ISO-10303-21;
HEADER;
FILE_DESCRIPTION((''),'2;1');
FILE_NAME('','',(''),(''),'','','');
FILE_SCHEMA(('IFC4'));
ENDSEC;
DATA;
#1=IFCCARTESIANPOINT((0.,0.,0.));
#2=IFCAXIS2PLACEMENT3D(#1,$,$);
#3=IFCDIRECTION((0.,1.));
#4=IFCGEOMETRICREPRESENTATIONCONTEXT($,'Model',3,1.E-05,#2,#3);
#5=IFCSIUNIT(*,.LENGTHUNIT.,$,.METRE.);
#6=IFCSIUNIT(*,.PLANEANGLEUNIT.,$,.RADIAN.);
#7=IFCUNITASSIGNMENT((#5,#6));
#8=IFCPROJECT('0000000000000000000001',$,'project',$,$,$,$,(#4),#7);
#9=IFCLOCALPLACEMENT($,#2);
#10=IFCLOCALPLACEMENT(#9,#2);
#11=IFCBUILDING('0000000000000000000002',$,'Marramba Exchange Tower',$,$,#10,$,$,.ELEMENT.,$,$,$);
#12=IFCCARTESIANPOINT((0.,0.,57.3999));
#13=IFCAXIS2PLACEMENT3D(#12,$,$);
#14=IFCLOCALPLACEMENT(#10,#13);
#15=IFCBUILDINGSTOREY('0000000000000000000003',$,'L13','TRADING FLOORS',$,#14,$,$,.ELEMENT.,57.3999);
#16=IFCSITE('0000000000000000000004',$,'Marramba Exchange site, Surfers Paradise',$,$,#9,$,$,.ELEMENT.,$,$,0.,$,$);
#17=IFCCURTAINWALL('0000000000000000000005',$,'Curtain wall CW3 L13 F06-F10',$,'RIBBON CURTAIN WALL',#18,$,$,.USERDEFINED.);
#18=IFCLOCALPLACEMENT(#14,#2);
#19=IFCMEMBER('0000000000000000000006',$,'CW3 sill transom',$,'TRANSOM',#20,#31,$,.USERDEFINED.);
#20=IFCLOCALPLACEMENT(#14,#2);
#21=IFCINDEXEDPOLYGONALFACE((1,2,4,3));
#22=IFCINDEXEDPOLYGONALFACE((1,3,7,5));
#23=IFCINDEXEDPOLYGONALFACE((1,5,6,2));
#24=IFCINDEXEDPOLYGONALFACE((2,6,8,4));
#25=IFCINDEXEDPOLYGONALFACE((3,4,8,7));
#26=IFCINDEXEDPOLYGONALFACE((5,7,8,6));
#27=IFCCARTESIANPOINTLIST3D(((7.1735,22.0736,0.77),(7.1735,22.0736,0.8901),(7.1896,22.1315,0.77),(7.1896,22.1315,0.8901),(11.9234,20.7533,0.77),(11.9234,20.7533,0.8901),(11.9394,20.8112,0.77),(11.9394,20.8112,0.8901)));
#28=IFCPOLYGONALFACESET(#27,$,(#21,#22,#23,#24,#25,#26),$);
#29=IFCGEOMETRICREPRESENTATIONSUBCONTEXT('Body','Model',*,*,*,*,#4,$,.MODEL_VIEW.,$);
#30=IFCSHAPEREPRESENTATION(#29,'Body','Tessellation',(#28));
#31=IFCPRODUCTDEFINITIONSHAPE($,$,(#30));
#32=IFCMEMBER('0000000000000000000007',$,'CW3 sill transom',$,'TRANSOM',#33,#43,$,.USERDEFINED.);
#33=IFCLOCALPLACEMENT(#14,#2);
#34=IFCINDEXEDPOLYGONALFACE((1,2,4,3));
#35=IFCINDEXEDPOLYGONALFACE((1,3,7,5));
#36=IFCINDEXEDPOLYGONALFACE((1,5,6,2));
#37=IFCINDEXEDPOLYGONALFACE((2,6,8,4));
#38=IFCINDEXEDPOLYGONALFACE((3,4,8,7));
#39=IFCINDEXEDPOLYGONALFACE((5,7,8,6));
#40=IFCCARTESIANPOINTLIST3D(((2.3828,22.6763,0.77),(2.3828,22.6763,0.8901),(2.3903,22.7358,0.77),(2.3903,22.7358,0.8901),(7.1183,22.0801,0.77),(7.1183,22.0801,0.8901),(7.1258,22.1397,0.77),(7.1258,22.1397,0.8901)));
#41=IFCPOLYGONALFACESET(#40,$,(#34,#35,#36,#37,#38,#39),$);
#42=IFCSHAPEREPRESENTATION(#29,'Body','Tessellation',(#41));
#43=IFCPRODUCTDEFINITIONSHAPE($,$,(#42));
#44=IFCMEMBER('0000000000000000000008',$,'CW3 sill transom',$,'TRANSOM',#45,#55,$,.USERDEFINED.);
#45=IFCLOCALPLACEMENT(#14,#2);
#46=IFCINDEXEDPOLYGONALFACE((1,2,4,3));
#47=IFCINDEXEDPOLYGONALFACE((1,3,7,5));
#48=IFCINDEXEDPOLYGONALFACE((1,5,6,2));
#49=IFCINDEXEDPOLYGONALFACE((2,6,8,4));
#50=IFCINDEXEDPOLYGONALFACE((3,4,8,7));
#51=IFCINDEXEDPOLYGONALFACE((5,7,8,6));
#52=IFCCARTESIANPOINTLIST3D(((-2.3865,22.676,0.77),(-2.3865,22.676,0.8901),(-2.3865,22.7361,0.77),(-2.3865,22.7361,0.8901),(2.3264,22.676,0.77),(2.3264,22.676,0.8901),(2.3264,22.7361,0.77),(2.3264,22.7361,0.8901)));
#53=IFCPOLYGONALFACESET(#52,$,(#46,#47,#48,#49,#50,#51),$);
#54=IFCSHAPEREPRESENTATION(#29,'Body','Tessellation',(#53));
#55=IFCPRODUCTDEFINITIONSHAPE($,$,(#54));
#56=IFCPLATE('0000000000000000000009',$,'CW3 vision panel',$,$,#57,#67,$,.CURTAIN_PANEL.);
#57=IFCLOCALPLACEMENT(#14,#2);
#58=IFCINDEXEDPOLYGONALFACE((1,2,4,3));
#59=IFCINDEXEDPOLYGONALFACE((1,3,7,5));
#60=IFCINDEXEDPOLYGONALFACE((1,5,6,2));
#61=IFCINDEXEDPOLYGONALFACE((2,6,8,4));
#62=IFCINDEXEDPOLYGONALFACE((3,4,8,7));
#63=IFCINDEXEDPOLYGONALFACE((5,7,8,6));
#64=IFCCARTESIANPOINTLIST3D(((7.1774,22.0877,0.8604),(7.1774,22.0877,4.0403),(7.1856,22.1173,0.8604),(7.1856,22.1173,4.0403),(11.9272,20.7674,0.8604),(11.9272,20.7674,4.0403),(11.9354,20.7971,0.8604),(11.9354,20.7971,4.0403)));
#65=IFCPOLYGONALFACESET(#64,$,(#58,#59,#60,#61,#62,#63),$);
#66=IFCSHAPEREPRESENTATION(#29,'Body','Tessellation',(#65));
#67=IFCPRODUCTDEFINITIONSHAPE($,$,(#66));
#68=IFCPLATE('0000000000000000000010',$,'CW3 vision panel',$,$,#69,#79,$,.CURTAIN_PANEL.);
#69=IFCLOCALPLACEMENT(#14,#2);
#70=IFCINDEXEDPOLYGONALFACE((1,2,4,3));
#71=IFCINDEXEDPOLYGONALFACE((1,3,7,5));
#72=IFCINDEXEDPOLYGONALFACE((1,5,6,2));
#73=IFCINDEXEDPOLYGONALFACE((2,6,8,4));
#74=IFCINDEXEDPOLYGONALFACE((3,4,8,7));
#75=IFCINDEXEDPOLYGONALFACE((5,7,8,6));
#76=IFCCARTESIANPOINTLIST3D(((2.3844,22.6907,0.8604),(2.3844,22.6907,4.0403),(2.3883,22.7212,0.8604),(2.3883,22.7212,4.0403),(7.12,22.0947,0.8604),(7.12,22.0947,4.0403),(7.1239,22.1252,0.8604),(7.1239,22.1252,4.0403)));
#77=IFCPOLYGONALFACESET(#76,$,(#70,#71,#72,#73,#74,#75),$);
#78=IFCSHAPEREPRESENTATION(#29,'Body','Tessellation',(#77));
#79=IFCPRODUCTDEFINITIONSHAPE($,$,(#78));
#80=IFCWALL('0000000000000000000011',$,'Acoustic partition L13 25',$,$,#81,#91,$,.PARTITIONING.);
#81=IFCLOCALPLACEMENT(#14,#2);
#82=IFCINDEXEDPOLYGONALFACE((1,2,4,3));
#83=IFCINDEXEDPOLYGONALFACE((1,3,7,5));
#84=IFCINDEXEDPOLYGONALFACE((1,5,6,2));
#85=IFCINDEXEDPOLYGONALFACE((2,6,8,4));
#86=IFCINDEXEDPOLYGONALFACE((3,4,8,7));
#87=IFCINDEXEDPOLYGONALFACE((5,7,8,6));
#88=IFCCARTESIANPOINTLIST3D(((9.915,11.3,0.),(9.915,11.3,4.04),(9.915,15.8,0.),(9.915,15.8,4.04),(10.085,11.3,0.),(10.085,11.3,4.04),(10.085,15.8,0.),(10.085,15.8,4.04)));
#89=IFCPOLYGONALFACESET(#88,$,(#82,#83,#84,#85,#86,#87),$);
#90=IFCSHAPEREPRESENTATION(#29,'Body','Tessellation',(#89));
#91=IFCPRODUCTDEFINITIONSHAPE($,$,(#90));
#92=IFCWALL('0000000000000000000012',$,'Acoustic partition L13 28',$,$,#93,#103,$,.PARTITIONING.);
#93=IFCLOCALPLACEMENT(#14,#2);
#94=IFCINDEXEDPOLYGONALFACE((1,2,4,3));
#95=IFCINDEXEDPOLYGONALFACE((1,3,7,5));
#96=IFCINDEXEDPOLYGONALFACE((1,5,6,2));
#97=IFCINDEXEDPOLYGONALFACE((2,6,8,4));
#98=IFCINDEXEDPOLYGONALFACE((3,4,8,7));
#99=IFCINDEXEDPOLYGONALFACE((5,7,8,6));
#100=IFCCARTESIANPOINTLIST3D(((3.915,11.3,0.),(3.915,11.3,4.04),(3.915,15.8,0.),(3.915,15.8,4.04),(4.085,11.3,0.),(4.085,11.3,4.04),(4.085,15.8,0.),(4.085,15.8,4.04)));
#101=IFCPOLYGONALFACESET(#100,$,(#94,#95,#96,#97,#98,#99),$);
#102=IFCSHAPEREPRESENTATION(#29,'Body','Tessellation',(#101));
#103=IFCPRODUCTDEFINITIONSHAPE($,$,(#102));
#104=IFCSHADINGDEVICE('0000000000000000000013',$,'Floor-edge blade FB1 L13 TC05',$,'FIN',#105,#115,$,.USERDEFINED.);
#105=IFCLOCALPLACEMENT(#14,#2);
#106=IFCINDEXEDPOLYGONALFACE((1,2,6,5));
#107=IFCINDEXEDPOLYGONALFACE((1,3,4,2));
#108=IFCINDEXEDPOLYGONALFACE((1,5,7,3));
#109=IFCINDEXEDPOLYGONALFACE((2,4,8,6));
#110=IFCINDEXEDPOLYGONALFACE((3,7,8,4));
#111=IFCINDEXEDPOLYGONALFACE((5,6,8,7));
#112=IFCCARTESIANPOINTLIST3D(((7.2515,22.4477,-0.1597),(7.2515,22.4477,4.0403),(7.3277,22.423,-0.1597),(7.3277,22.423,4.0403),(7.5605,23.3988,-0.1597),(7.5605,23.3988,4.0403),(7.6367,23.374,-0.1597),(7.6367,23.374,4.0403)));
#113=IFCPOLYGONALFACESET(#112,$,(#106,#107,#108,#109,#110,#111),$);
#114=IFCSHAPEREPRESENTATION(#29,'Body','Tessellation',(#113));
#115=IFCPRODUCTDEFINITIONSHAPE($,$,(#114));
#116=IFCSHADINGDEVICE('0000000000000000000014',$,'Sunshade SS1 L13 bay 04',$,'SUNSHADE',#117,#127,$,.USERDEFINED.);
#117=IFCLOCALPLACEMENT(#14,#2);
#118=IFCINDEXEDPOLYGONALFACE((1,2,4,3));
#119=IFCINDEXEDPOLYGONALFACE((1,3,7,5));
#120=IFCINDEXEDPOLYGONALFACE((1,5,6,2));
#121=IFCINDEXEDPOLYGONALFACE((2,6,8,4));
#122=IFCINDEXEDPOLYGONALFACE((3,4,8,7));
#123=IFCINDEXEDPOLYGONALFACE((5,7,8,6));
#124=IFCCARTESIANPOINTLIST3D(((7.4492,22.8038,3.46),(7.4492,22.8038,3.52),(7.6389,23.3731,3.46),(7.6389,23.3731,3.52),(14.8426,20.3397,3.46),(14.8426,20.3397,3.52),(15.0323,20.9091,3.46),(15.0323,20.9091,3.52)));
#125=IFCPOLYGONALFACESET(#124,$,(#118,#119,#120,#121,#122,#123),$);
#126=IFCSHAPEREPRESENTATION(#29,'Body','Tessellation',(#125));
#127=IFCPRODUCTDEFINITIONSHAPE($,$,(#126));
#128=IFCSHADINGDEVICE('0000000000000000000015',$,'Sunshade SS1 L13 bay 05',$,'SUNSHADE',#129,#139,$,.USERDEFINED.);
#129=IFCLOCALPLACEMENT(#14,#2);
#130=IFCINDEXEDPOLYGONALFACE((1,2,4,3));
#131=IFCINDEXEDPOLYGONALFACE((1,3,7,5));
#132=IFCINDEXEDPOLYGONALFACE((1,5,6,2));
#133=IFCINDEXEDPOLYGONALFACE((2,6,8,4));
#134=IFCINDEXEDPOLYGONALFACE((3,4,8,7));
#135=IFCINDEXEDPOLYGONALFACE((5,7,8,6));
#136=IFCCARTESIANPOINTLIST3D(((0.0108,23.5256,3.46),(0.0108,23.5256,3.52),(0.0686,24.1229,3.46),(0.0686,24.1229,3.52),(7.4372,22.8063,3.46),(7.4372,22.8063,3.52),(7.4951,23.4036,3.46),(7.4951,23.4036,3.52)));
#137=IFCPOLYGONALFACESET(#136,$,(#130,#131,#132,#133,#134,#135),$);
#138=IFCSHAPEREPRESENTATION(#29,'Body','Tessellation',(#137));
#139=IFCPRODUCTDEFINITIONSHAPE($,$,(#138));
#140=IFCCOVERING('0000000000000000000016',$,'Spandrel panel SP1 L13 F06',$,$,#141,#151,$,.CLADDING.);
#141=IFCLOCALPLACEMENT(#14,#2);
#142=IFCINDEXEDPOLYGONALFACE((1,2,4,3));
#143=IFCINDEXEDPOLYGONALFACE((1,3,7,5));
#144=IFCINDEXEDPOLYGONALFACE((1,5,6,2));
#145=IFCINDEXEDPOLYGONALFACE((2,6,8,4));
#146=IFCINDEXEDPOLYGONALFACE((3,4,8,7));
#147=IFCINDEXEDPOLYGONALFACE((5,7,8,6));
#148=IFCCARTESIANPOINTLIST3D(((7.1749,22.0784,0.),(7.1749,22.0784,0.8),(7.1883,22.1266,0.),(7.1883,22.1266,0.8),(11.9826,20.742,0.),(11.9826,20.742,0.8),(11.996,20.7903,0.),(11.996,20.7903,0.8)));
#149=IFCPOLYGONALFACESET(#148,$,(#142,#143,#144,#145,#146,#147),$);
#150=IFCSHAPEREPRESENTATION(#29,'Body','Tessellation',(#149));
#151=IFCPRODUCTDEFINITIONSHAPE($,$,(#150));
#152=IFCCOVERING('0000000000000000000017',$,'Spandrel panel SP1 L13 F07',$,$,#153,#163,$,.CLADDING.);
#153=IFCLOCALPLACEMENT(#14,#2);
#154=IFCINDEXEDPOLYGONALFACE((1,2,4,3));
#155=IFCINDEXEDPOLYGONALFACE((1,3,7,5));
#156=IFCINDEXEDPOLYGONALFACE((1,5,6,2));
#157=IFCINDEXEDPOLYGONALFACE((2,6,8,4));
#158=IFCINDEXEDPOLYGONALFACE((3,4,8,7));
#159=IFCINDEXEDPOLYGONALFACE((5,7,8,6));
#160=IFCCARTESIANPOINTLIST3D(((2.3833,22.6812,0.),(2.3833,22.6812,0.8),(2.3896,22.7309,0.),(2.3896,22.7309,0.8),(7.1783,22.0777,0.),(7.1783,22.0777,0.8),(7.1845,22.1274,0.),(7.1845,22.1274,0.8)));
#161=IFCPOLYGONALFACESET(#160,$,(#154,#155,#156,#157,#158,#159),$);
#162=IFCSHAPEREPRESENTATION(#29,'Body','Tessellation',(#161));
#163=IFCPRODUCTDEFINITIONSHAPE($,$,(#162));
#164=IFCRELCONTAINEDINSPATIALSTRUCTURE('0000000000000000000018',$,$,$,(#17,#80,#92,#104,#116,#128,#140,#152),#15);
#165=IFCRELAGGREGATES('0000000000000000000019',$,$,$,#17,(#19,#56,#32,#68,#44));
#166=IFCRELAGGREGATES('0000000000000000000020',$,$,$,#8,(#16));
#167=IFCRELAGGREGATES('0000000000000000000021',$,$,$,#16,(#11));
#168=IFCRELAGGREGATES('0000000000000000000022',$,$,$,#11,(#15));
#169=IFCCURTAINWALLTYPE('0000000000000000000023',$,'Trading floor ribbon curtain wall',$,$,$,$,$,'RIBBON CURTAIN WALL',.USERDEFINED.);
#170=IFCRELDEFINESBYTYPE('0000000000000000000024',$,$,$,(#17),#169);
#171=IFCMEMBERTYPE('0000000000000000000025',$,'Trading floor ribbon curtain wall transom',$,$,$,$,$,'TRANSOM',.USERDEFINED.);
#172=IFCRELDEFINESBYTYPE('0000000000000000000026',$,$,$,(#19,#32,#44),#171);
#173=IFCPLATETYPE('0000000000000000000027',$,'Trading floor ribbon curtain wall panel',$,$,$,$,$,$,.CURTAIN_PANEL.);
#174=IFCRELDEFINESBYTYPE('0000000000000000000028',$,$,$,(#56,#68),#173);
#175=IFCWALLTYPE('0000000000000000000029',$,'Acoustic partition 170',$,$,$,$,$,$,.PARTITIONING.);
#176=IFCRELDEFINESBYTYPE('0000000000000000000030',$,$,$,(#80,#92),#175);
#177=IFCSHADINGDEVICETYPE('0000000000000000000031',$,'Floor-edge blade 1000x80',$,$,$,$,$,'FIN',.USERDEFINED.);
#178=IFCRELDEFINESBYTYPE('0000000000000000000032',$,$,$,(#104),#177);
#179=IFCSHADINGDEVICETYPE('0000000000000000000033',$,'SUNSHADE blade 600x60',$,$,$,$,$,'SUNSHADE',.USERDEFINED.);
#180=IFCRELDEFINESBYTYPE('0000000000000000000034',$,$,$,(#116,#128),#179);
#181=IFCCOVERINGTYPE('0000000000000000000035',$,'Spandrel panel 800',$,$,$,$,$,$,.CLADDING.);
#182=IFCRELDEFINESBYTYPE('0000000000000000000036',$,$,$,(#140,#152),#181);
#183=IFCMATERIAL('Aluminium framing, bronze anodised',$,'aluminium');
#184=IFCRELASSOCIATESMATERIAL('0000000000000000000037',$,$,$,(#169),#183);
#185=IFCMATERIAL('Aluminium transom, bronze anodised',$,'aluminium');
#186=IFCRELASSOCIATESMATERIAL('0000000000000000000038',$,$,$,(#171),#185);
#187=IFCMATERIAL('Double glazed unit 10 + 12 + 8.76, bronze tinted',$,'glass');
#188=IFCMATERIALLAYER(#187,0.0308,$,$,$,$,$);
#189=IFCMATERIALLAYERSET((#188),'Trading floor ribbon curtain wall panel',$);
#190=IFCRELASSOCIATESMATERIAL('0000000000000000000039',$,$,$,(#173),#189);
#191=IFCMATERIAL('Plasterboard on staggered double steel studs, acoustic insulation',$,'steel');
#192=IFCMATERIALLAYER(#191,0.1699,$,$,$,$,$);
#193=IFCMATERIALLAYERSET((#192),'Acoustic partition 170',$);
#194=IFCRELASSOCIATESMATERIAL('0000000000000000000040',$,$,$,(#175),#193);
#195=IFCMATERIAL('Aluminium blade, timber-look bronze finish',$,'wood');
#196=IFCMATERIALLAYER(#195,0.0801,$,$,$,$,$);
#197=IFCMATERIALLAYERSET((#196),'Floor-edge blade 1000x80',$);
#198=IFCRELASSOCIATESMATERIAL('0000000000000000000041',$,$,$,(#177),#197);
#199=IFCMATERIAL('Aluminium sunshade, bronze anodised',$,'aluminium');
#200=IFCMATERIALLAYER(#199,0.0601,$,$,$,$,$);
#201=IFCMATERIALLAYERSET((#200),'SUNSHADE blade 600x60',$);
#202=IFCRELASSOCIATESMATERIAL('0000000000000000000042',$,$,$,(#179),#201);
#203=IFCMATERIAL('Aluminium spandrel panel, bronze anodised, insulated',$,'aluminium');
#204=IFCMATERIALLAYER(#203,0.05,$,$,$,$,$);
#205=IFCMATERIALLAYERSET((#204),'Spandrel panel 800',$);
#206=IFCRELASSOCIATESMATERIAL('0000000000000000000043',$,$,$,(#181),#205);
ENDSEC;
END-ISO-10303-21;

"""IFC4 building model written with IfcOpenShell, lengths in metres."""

from ifc_helpers import new_model, si_unit, direction, frame, frame_2d, origin, origin_2d, place, context, subcontext, project, spatial, rectangle, extrude, material, layer, layer_set, material_profile, profile_set, type_object, element, aggregate, save


model = new_model("IFC4")

# Units and contexts
model_context = context("Model", 3, precision=1e-05, world=origin(), true_north=direction((0.0, 1.0)))
body_context = subcontext(model_context, "Body", "Model", "MODEL_VIEW")
ifc_project = project(units=[si_unit("LENGTHUNIT", "METRE"), si_unit("PLANEANGLEUNIT", "RADIAN")], contexts=[model_context])

# Site, building, storey
site_placement = place(None, origin())
site = spatial("IfcSite", under=ifc_project, at=site_placement, Name="Marramba Exchange site, Surfers Paradise", CompositionType="ELEMENT", RefElevation=0.0)
building_placement = place(site_placement, origin())
building = spatial("IfcBuilding", under=site, at=building_placement, Name="Marramba Exchange Tower", CompositionType="ELEMENT")
storey_placement = place(building_placement, frame((0.0, 0.0, 57.3999)))
storey = spatial("IfcBuildingStorey", under=building, at=storey_placement, Name="L13", Description="TRADING FLOORS", CompositionType="ELEMENT", Elevation=57.3999)

# Curtain wall, members, plates
ifc_material_1 = material(Name="Aluminium framing, bronze anodised", Category="aluminium")
curtain_wall_type = type_object("IfcCurtainWallType", Name="Trading floor ribbon curtain wall", ElementType="RIBBON CURTAIN WALL", PredefinedType="USERDEFINED", material=ifc_material_1)
curtain_wall_placement = place(storey_placement, origin())
curtain_wall = element("IfcCurtainWall", 1, at=curtain_wall_placement, inside=storey, type_object=curtain_wall_type, Name="Curtain wall CW3 L13 F06-F10", ObjectType="RIBBON CURTAIN WALL", PredefinedType="USERDEFINED")
ifc_material_2 = material(Name="Aluminium transom, bronze anodised", Category="aluminium")
ifc_material_profile_1 = material_profile(ifc_material_2, rectangle(XDim=0.0601, YDim=0.1201, at=origin_2d()), Name="CW3 transom 60x120")
ifc_profile_set_1 = profile_set([ifc_material_profile_1], Name="Aluminium transom, bronze anodised")
member_type_1 = type_object("IfcMemberType", Name="Trading floor ribbon curtain wall transom", ElementType="TRANSOM", PredefinedType="USERDEFINED", material=ifc_profile_set_1)
member_1_placement = place(storey_placement, frame((11.9314, 20.7822, 0.8301), z_axis=(-0.963469, 0.26782, 0.0), x_axis=(-0.26782, -0.963469, 0.0)))
member_1 = element("IfcMember", 2, at=member_1_placement, type_object=member_type_1, Name="CW3 sill transom", ObjectType="TRANSOM", PredefinedType="USERDEFINED", context=body_context, shape_type="SweptSolid", body=[
    extrude(rectangle(XDim=0.0601, YDim=0.1201, at=origin_2d()), origin(), (0.0, 0.0, 1.0), 4.9299),
])
member_2_placement = place(storey_placement, frame((7.1221, 22.1099, 0.8301), z_axis=(-0.992168, 0.12491, 0.0), x_axis=(-0.12491, -0.992168, 0.0)))
member_2 = element("IfcMember", 3, at=member_2_placement, type_object=member_type_1, Name="CW3 sill transom", ObjectType="TRANSOM", PredefinedType="USERDEFINED", context=body_context, shape_type="SweptSolid", body=[
    extrude(rectangle(XDim=0.0601, YDim=0.1201, at=origin_2d()), origin(), (0.0, 0.0, 1.0), 4.7729),
])
member_3_placement = place(storey_placement, frame((2.3264, 22.7061, 0.8301), z_axis=(-1.0, 0.0, 0.0), x_axis=(0.0, -1.0, 0.0)))
member_3 = element("IfcMember", 4, at=member_3_placement, type_object=member_type_1, Name="CW3 sill transom", ObjectType="TRANSOM", PredefinedType="USERDEFINED", context=body_context, shape_type="SweptSolid", body=[
    extrude(rectangle(XDim=0.0601, YDim=0.1201, at=origin_2d()), origin(), (0.0, 0.0, 1.0), 4.7129),
])
ifc_material_3 = material(Name="Double glazed unit 10 + 12 + 8.76, bronze tinted", Category="glass")
ifc_layer_1 = layer(ifc_material_3, 0.0308)
ifc_layer_set_1 = layer_set([ifc_layer_1], Name="Trading floor ribbon curtain wall panel")
plate_type = type_object("IfcPlateType", Name="Trading floor ribbon curtain wall panel", PredefinedType="CURTAIN_PANEL", material=ifc_layer_set_1)
plate_1_placement = place(storey_placement, frame((9.5564, 21.4424, 0.8604), z_axis=(0.0, 0.0, 1.0), x_axis=(-0.963472, 0.267809, 0.0)))
plate_1 = element("IfcPlate", 5, at=plate_1_placement, type_object=plate_type, Name="CW3 vision panel", PredefinedType="CURTAIN_PANEL", context=body_context, shape_type="SweptSolid", body=[
    extrude(rectangle(XDim=4.9299, YDim=0.0308, at=origin_2d()), origin(), (0.0, 0.0, 1.0), 3.1799),
])
plate_2_placement = place(storey_placement, frame((4.7542, 22.408, 0.8604), z_axis=(0.0, 0.0, 1.0), x_axis=(-0.992173, 0.124873, 0.0)))
plate_2 = element("IfcPlate", 6, at=plate_2_placement, type_object=plate_type, Name="CW3 vision panel", PredefinedType="CURTAIN_PANEL", context=body_context, shape_type="SweptSolid", body=[
    extrude(rectangle(XDim=4.7729, YDim=0.0308, at=origin_2d()), origin(), (0.0, 0.0, 1.0), 3.1799),
])
aggregate(curtain_wall, [member_1, plate_1, member_2, plate_2, member_3])

# Walls
ifc_material_4 = material(Name="Plasterboard on staggered double steel studs, acoustic insulation", Category="steel")
ifc_layer_2 = layer(ifc_material_4, 0.1699)
ifc_layer_set_2 = layer_set([ifc_layer_2], Name="Acoustic partition 170")
wall_type = type_object("IfcWallType", Name="Acoustic partition 170", PredefinedType="PARTITIONING", material=ifc_layer_set_2)
for number, where, z_axis, x_axis, name in (
    (7, (10.0, 15.8, 0.0), (0.0, 0.0, 1.0), (0.0, -1.0, 0.0), "Acoustic partition L13 25"),
    (8, (4.0, 15.8, 0.0), (0.0, 0.0, 1.0), (0.0, -1.0, 0.0), "Acoustic partition L13 28"),
):
    element("IfcWall", number, at=place(storey_placement, frame(where, z_axis=z_axis, x_axis=x_axis)), inside=storey, type_object=wall_type, Name=name, PredefinedType="PARTITIONING", context=body_context, shape_type="SweptSolid", body=[
        extrude(rectangle(XDim=4.5, YDim=0.1699, at=frame_2d((2.25, 0.0))), origin(), (0.0, 0.0, 1.0), 4.04),
    ])

# Shading devices
ifc_material_5 = material(Name="Aluminium blade, timber-look bronze finish", Category="wood")
ifc_layer_3 = layer(ifc_material_5, 0.0801)
ifc_layer_set_3 = layer_set([ifc_layer_3], Name="Floor-edge blade 1000x80")
shading_device_type_1 = type_object("IfcShadingDeviceType", Name="Floor-edge blade 1000x80", ElementType="FIN", PredefinedType="USERDEFINED", material=ifc_layer_set_3)
shading_device_1_placement = place(storey_placement, frame((7.4441, 22.9109, -0.1597), z_axis=(0.0, 0.0, 1.0), x_axis=(0.309017, 0.951057, 0.0)))
element("IfcShadingDevice", 9, at=shading_device_1_placement, inside=storey, type_object=shading_device_type_1, Name="Floor-edge blade FB1 L13 TC05", ObjectType="FIN", PredefinedType="USERDEFINED", context=body_context, shape_type="SweptSolid", body=[
    extrude(rectangle(XDim=1.0, YDim=0.0801, at=origin_2d()), origin(), (0.0, 0.0, 1.0), 4.2),
])
ifc_material_6 = material(Name="Aluminium sunshade, bronze anodised", Category="aluminium")
ifc_layer_4 = layer(ifc_material_6, 0.0601)
ifc_layer_set_4 = layer_set([ifc_layer_4], Name="SUNSHADE blade 600x60")
shading_device_type_2 = type_object("IfcShadingDeviceType", Name="SUNSHADE blade 600x60", ElementType="SUNSHADE", PredefinedType="USERDEFINED", material=ifc_layer_set_4)
shading_device_2_placement = place(storey_placement, frame((11.2407, 21.8564, 3.46), z_axis=(0.0, 0.0, 1.0), x_axis=(-0.948698, 0.316184, 0.0)))
element("IfcShadingDevice", 10, at=shading_device_2_placement, inside=storey, type_object=shading_device_type_2, Name="Sunshade SS1 L13 bay 04", ObjectType="SUNSHADE", PredefinedType="USERDEFINED", context=body_context, shape_type="SweptSolid", body=[
    extrude(rectangle(XDim=7.7932, YDim=0.6001, at=origin_2d()), origin(), (0.0, 0.0, 1.0), 0.0601),
])
shading_device_3_placement = place(storey_placement, frame((3.7529, 23.4646, 3.46), z_axis=(0.0, 0.0, 1.0), x_axis=(-0.995343, 0.096398, 0.0)))
element("IfcShadingDevice", 11, at=shading_device_3_placement, inside=storey, type_object=shading_device_type_2, Name="Sunshade SS1 L13 bay 05", ObjectType="SUNSHADE", PredefinedType="USERDEFINED", context=body_context, shape_type="SweptSolid", body=[
    extrude(rectangle(XDim=7.4612, YDim=0.6001, at=origin_2d()), origin(), (0.0, 0.0, 1.0), 0.0601),
])

# Coverings
ifc_material_7 = material(Name="Aluminium spandrel panel, bronze anodised, insulated", Category="aluminium")
ifc_layer_5 = layer(ifc_material_7, 0.05)
ifc_layer_set_5 = layer_set([ifc_layer_5], Name="Spandrel panel 800")
covering_type = type_object("IfcCoveringType", Name="Spandrel panel 800", PredefinedType="CLADDING", material=ifc_layer_set_5)
covering_1_placement = place(storey_placement, frame((9.5854, 21.4343, 0.0), z_axis=(0.0, 0.0, 1.0), x_axis=(-0.963472, 0.267809, 0.0)))
element("IfcCovering", 12, at=covering_1_placement, inside=storey, type_object=covering_type, Name="Spandrel panel SP1 L13 F06", PredefinedType="CLADDING", context=body_context, shape_type="SweptSolid", body=[
    extrude(rectangle(XDim=4.99, YDim=0.05, at=origin_2d()), origin(), (0.0, 0.0, 1.0), 0.8),
])
covering_2_placement = place(storey_placement, frame((4.7839, 22.4043, 0.0), z_axis=(0.0, 0.0, 1.0), x_axis=(-0.992173, 0.124873, 0.0)))
element("IfcCovering", 13, at=covering_2_placement, inside=storey, type_object=covering_type, Name="Spandrel panel SP1 L13 F07", PredefinedType="CLADDING", context=body_context, shape_type="SweptSolid", body=[
    extrude(rectangle(XDim=4.8328, YDim=0.05, at=origin_2d()), origin(), (0.0, 0.0, 1.0), 0.8),
])

save(model, "model.ifc")
